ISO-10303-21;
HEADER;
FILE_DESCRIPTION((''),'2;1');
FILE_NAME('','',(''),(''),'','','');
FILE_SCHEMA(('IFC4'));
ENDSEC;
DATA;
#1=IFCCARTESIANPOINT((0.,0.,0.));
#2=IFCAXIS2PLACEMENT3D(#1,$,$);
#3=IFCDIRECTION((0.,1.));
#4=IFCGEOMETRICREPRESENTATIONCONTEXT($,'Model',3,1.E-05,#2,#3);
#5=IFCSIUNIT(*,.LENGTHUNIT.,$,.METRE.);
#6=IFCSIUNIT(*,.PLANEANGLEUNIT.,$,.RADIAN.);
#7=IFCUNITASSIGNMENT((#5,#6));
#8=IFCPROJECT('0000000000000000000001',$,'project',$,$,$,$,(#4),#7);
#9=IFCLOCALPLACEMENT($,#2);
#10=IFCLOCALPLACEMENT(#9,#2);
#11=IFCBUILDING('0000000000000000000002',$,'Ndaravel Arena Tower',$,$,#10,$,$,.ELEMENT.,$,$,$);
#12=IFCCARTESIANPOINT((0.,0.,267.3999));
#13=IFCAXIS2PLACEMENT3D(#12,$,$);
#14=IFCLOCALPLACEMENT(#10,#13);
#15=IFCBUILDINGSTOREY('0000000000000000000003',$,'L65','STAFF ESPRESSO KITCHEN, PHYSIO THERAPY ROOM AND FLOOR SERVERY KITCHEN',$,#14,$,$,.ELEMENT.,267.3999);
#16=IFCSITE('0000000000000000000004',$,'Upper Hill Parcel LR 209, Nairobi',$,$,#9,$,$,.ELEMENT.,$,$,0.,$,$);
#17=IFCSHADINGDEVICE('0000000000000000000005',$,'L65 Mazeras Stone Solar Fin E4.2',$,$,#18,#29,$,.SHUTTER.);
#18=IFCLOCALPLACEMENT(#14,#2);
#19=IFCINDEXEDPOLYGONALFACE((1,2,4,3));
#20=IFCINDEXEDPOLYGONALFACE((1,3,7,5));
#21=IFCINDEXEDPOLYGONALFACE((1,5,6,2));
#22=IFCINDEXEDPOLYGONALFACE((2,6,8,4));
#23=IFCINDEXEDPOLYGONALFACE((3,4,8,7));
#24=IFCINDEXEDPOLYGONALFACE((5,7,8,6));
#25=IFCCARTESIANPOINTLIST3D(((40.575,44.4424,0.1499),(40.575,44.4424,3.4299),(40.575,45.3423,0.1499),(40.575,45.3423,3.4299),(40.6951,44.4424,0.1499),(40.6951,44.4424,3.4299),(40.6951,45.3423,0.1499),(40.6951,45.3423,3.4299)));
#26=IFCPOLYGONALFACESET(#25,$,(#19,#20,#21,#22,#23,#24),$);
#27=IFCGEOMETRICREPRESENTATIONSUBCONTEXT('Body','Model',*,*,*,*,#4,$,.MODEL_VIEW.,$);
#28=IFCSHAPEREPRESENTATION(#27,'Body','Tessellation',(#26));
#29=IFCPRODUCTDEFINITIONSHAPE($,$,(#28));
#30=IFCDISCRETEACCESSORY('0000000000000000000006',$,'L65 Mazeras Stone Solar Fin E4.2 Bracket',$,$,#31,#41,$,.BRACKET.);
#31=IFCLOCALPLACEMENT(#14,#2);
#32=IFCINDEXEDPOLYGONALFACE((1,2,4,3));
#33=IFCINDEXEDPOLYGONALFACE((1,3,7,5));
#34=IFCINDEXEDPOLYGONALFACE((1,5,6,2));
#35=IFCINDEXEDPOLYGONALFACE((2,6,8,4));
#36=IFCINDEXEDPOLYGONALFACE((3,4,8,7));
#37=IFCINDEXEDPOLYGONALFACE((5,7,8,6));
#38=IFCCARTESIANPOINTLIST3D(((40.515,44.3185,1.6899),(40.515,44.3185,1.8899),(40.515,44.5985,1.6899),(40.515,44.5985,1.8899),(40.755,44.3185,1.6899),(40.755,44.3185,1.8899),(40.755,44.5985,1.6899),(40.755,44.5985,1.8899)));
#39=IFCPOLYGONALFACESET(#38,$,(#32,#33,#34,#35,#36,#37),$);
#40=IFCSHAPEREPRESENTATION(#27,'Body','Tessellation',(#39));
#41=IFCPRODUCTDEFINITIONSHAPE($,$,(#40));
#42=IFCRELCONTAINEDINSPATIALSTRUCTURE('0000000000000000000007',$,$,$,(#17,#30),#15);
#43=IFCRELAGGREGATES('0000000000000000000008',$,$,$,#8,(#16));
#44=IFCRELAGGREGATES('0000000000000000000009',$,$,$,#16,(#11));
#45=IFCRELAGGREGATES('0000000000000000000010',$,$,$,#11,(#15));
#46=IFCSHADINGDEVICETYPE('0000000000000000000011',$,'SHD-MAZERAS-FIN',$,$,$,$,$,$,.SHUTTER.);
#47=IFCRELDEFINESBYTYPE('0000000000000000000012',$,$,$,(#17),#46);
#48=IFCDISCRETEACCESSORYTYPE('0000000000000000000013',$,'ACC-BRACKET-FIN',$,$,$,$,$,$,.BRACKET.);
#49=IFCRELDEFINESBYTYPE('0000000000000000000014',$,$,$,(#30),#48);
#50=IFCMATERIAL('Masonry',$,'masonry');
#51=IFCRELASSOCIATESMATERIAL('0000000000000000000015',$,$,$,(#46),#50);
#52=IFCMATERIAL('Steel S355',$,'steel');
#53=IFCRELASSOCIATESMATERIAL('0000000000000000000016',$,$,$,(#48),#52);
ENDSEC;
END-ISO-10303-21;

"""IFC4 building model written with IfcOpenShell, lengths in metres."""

from ifc_helpers import new_model, si_unit, direction, frame, origin, origin_2d, place, context, subcontext, project, spatial, rectangle, extrude, material, type_object, element, save


model = new_model("IFC4")

# Units and contexts
model_context = context("Model", 3, precision=1e-05, world=origin(), true_north=direction((0.0, 1.0)))
body_context = subcontext(model_context, "Body", "Model", "MODEL_VIEW")
ifc_project = project(units=[si_unit("LENGTHUNIT", "METRE"), si_unit("PLANEANGLEUNIT", "RADIAN")], contexts=[model_context])

# Site, building, storey
site_placement = place(None, origin())
site = spatial("IfcSite", under=ifc_project, at=site_placement, Name="Upper Hill Parcel LR 209, Nairobi", CompositionType="ELEMENT", RefElevation=0.0)
building_placement = place(site_placement, origin())
building = spatial("IfcBuilding", under=site, at=building_placement, Name="Ndaravel Arena Tower", CompositionType="ELEMENT")
storey_placement = place(building_placement, frame((0.0, 0.0, 267.3999)))
storey = spatial("IfcBuildingStorey", under=building, at=storey_placement, Name="L65", Description="STAFF ESPRESSO KITCHEN, PHYSIO THERAPY ROOM AND FLOOR SERVERY KITCHEN", CompositionType="ELEMENT", Elevation=267.3999)

# Shading device
ifc_material_1 = material(Name="Masonry", Category="masonry")
shading_device_type = type_object("IfcShadingDeviceType", Name="SHD-MAZERAS-FIN", PredefinedType="SHUTTER", material=ifc_material_1)
shading_device_placement = place(storey_placement, frame((40.635, 44.8923, 0.1499), z_axis=(0.0, 0.0, 1.0), x_axis=(0.0, 1.0, 0.0)))
element("IfcShadingDevice", 1, at=shading_device_placement, inside=storey, type_object=shading_device_type, Name="L65 Mazeras Stone Solar Fin E4.2", PredefinedType="SHUTTER", context=body_context, shape_type="SweptSolid", body=[
    extrude(rectangle(XDim=0.8999, YDim=0.1201, at=origin_2d()), origin(), (0.0, 0.0, 1.0), 3.28),
])

# Discrete accessory
ifc_material_2 = material(Name="Steel S355", Category="steel")
discrete_accessory_type = type_object("IfcDiscreteAccessoryType", Name="ACC-BRACKET-FIN", PredefinedType="BRACKET", material=ifc_material_2)
discrete_accessory_placement = place(storey_placement, frame((40.635, 44.4585, 1.6899), z_axis=(0.0, 0.0, 1.0), x_axis=(0.0, 1.0, 0.0)))
element("IfcDiscreteAccessory", 2, at=discrete_accessory_placement, inside=storey, type_object=discrete_accessory_type, Name="L65 Mazeras Stone Solar Fin E4.2 Bracket", PredefinedType="BRACKET", context=body_context, shape_type="SweptSolid", body=[
    extrude(rectangle(XDim=0.28, YDim=0.24, at=origin_2d()), origin(), (0.0, 0.0, 1.0), 0.2),
])

save(model, "model.ifc")
